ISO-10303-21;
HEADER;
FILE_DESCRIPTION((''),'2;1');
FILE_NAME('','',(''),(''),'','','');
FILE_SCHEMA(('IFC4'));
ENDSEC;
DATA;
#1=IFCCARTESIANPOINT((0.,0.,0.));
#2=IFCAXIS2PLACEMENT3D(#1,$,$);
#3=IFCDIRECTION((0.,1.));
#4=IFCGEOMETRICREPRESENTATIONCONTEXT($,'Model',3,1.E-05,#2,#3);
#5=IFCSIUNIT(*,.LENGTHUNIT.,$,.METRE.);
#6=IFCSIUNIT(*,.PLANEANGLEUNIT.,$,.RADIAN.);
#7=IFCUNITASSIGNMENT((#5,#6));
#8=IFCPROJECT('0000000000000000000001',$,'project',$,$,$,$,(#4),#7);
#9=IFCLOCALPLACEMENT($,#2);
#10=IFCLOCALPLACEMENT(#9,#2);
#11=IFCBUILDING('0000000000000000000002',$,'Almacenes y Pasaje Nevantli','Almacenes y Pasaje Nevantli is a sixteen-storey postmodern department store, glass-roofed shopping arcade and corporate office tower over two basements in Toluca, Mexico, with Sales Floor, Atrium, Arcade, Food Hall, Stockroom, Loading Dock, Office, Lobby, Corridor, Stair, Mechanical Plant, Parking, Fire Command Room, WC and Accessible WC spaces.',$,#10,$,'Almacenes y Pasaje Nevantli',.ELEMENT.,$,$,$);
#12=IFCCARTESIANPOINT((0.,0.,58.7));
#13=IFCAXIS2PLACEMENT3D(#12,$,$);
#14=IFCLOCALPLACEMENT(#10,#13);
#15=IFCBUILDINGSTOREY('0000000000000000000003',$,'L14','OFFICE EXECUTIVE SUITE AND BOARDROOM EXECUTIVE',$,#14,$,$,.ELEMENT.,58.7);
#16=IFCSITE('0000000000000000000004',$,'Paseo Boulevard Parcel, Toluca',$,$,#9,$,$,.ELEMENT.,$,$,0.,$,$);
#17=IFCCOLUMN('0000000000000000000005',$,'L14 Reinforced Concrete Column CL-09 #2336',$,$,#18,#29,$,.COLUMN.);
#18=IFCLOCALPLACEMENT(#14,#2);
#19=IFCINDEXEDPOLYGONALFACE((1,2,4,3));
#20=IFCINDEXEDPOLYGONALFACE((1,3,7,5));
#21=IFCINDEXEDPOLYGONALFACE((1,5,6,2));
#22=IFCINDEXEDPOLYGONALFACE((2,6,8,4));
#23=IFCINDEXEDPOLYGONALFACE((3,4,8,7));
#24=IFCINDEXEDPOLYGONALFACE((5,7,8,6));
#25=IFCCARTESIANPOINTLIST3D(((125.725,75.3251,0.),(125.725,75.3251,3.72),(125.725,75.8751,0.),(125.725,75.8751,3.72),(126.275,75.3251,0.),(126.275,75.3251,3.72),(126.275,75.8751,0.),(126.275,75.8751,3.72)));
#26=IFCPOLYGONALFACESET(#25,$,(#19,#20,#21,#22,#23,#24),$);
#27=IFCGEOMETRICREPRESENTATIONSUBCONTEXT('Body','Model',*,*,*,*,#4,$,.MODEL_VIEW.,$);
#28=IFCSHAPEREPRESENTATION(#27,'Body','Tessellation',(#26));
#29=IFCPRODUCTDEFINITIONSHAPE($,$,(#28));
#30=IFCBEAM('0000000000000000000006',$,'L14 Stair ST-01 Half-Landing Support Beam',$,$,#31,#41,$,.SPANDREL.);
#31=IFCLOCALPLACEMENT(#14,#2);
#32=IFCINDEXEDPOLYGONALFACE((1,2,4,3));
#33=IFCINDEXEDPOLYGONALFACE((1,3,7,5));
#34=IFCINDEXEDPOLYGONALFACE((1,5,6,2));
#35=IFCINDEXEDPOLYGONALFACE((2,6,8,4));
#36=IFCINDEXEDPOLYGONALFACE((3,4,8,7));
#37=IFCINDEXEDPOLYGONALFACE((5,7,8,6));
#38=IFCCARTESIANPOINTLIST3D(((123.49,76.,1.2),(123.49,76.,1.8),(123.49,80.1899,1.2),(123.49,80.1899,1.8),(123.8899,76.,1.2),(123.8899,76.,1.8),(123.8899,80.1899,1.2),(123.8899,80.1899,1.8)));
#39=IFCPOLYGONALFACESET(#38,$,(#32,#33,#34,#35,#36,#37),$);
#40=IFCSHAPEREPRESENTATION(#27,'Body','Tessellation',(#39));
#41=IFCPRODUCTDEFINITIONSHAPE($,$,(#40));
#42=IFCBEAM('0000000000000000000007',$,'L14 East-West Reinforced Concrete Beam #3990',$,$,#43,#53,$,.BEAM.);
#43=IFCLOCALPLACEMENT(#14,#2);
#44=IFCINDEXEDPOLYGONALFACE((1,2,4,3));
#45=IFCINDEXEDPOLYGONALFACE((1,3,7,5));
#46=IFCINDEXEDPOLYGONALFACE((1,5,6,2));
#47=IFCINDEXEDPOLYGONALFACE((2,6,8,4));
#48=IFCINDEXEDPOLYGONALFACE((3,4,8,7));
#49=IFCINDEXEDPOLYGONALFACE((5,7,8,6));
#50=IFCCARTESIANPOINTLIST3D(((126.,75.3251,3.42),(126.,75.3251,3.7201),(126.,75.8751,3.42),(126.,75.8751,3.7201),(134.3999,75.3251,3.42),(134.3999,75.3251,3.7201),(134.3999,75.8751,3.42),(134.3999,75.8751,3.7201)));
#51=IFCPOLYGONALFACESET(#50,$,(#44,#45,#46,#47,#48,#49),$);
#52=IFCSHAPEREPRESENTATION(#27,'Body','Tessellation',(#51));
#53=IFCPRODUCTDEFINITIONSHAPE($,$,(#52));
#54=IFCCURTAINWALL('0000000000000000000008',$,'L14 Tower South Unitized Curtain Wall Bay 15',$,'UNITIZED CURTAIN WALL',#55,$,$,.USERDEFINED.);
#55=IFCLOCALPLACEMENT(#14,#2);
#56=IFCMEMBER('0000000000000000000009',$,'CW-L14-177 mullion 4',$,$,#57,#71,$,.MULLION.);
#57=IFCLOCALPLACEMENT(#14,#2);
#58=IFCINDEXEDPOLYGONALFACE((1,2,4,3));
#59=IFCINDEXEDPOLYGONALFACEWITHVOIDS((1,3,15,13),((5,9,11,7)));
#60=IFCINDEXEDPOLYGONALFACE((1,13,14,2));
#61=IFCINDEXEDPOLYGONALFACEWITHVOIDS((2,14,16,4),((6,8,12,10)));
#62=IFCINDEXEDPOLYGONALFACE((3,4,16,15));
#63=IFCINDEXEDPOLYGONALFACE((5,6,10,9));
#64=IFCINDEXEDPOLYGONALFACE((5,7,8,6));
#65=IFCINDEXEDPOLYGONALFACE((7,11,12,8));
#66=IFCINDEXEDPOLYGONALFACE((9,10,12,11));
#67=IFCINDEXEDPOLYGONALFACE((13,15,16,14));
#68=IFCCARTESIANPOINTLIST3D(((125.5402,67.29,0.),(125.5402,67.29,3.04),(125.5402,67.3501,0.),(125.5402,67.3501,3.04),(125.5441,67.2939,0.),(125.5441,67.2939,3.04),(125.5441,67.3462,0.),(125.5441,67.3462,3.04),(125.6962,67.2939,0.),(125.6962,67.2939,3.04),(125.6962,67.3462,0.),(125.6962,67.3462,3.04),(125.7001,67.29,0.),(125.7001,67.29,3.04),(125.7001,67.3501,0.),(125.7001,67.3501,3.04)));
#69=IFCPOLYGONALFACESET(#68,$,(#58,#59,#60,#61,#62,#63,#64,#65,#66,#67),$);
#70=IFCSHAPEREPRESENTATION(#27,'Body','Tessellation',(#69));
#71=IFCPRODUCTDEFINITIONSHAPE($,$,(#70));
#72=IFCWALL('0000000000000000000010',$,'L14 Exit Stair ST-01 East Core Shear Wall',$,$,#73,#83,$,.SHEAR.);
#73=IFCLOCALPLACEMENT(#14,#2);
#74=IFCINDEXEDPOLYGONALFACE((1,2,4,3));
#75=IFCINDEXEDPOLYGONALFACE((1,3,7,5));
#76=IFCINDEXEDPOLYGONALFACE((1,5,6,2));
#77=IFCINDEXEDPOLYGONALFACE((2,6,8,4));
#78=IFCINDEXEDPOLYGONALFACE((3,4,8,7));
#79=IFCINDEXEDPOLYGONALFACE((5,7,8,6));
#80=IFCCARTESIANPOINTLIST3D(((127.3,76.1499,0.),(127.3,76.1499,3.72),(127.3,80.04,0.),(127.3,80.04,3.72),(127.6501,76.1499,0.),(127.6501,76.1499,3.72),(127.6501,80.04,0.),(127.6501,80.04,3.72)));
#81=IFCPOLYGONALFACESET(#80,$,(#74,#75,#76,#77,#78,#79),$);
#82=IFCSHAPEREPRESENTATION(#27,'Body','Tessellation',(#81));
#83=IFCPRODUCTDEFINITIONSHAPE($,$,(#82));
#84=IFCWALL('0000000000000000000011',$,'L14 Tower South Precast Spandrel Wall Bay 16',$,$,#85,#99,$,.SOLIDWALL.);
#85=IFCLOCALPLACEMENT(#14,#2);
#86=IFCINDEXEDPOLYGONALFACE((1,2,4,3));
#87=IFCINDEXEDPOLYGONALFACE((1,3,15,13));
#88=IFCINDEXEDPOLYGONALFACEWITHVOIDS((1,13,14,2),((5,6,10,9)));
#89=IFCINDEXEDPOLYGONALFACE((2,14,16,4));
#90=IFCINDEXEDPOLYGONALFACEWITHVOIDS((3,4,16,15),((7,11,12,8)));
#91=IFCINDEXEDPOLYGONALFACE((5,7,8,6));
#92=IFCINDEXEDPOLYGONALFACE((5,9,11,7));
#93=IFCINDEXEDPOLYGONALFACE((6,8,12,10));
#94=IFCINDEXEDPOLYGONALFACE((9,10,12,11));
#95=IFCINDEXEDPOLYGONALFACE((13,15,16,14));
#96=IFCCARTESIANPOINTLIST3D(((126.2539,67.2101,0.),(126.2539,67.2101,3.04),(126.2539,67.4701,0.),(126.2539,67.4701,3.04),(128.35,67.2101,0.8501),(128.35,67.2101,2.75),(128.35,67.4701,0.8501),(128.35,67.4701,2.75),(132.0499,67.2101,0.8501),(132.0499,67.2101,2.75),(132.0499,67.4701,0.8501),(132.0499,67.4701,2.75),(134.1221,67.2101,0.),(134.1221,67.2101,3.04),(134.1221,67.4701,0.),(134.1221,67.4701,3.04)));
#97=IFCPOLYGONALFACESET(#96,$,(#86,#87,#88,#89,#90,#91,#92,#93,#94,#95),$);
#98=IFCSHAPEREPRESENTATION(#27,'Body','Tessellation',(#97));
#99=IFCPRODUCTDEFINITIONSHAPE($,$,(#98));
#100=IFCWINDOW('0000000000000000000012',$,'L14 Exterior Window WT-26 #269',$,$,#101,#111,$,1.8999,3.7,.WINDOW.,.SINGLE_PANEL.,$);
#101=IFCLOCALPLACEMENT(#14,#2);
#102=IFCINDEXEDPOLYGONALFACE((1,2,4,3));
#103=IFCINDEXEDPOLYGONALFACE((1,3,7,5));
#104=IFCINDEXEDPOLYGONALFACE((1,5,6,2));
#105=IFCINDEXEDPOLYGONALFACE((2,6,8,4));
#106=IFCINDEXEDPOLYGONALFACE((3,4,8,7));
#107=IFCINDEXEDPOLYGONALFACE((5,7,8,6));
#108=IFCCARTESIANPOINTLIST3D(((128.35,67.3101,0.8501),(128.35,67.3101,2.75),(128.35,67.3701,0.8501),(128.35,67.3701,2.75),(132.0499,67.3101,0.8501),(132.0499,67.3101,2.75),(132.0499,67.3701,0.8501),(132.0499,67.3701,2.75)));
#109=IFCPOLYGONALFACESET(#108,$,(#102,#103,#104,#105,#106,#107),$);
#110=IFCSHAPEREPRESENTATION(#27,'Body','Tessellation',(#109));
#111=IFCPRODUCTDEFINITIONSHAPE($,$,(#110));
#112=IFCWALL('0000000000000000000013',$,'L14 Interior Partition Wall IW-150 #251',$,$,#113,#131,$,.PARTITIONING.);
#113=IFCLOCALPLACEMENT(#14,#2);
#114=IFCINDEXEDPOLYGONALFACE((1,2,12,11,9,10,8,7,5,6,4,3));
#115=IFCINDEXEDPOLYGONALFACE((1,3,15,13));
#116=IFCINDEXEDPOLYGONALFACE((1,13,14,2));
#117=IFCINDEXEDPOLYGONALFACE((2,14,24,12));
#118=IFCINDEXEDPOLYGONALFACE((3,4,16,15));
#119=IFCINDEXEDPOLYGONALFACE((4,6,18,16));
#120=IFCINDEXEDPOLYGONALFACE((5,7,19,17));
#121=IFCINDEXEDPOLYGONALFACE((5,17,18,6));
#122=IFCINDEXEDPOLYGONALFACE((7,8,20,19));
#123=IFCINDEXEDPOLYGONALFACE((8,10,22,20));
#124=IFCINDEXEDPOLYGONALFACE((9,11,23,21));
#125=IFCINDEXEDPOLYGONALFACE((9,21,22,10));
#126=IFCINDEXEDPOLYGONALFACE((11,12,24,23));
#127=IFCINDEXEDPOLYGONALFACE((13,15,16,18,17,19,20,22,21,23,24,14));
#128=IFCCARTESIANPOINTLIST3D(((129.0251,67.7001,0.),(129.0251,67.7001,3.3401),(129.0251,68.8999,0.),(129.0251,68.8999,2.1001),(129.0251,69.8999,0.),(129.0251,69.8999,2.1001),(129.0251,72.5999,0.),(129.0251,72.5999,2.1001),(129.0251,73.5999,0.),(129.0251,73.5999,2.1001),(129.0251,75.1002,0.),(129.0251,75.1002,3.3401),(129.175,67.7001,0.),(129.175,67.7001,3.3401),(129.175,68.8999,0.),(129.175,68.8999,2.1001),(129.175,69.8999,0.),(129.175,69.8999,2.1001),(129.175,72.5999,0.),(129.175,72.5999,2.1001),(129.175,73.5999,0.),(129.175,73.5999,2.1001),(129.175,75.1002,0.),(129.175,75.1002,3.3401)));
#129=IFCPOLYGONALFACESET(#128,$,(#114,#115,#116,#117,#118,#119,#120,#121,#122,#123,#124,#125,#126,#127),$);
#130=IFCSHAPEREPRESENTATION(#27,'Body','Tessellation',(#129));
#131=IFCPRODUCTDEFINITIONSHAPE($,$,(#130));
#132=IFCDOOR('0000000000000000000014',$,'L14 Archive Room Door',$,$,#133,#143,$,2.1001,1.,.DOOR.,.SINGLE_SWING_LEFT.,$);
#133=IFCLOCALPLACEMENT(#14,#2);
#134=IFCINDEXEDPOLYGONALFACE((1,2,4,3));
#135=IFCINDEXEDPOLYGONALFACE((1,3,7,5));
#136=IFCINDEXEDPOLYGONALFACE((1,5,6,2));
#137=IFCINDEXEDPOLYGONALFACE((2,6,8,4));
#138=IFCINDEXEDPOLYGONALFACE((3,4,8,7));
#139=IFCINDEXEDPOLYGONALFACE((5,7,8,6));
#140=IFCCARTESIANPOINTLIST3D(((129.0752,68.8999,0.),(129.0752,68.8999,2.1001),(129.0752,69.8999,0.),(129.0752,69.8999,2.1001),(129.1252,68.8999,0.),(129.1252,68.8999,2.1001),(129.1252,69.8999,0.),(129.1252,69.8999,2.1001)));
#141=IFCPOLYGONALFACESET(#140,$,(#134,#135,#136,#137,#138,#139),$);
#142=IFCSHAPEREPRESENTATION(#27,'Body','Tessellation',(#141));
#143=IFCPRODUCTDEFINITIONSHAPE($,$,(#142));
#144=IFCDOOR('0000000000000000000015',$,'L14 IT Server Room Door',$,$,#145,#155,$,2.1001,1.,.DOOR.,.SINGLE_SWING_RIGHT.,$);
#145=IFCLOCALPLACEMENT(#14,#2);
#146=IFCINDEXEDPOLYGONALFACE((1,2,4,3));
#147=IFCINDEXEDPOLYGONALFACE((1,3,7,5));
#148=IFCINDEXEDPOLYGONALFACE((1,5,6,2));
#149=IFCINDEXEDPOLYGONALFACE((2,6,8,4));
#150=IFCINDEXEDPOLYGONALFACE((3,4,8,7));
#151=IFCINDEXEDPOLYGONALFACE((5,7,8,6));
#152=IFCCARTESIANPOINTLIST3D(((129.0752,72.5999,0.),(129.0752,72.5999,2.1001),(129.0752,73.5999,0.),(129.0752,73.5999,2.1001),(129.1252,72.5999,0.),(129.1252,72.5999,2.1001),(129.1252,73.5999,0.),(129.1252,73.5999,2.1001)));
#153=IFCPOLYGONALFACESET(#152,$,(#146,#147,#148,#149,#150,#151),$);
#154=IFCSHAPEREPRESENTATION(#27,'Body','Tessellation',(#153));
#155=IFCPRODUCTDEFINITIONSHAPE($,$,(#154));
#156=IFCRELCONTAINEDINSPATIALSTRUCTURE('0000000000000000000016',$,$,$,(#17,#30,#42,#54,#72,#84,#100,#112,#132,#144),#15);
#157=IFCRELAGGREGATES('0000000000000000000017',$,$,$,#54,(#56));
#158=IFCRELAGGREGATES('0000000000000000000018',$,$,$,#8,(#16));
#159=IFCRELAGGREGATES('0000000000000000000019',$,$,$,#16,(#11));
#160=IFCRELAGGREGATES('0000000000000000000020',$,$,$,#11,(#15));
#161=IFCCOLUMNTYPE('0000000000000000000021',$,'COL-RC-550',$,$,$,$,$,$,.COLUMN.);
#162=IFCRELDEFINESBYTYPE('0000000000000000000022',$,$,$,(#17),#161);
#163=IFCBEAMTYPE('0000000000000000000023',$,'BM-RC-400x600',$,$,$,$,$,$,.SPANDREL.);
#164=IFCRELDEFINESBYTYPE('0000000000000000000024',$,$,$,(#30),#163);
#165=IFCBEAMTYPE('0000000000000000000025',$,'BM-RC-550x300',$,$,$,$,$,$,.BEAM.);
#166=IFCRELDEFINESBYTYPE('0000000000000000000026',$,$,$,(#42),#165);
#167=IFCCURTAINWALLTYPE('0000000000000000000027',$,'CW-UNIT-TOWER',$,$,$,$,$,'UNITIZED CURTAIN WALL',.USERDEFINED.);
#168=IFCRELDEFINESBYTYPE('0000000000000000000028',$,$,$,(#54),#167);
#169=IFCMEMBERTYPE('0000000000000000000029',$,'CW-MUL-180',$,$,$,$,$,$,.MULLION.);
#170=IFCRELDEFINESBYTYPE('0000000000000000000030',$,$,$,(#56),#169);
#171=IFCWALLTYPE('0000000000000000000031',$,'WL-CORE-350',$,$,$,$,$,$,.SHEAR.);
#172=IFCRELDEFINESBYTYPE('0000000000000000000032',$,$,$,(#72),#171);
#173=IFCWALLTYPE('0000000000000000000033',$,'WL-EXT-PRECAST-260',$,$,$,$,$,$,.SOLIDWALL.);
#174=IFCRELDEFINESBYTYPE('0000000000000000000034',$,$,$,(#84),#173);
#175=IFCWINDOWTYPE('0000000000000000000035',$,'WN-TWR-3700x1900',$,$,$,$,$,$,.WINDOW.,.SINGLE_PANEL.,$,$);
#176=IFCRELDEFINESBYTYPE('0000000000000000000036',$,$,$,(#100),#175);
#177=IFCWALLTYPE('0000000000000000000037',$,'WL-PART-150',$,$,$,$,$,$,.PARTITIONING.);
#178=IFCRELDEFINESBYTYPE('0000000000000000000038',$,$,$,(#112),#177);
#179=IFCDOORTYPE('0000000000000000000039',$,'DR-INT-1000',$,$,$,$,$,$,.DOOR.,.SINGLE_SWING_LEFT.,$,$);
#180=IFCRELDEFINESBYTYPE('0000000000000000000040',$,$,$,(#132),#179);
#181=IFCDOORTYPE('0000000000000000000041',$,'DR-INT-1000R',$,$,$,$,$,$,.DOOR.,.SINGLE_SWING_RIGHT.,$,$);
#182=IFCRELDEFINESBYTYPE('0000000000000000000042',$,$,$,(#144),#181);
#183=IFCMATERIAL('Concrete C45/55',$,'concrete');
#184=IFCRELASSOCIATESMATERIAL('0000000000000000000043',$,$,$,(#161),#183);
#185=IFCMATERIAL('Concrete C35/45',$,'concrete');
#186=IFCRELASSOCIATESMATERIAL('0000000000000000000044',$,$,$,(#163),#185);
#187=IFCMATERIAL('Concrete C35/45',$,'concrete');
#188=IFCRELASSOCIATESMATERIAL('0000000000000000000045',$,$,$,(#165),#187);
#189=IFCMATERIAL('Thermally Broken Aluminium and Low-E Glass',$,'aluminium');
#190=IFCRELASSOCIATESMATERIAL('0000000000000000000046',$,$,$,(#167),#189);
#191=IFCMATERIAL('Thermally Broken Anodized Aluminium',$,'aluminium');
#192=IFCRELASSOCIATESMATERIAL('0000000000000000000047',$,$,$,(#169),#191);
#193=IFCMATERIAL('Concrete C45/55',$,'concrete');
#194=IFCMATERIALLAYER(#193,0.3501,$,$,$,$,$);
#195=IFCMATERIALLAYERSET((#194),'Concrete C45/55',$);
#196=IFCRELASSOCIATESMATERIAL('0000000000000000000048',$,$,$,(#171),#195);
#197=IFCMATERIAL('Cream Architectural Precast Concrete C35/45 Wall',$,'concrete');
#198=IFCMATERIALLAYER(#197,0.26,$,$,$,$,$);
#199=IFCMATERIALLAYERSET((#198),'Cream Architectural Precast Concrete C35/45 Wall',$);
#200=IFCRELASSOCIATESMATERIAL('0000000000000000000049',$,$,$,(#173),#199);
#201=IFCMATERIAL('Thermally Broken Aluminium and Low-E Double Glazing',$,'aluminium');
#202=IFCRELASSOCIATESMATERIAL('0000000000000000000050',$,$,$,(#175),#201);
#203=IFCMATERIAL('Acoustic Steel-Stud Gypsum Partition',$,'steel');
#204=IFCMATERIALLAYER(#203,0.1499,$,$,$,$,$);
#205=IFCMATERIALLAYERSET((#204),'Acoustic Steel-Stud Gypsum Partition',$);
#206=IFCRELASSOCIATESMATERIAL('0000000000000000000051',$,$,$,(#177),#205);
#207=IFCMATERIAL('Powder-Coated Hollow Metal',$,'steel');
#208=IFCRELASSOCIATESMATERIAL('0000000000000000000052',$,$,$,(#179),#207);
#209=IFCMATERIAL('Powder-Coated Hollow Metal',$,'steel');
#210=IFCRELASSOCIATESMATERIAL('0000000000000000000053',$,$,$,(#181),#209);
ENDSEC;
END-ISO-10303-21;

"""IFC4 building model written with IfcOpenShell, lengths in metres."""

from ifc_helpers import new_model, si_unit, direction, frame, frame_2d, origin, origin_2d, place, context, subcontext, project, spatial, rectangle, hollow_rectangle, extrude, material, layer, layer_set, material_profile, profile_set, type_object, element, fill, aggregate, save


model = new_model("IFC4")

# Units and contexts
model_context = context("Model", 3, precision=1e-05, world=origin(), true_north=direction((0.0, 1.0)))
body_context = subcontext(model_context, "Body", "Model", "MODEL_VIEW")
ifc_project = project(units=[si_unit("LENGTHUNIT", "METRE"), si_unit("PLANEANGLEUNIT", "RADIAN")], contexts=[model_context])

# Site, building, storey
site_placement = place(None, origin())
site = spatial("IfcSite", under=ifc_project, at=site_placement, Name="Paseo Boulevard Parcel, Toluca", CompositionType="ELEMENT", RefElevation=0.0)
building_placement = place(site_placement, origin())
building = spatial("IfcBuilding", under=site, at=building_placement, Name="Almacenes y Pasaje Nevantli", Description="Almacenes y Pasaje Nevantli is a sixteen-storey postmodern department store, glass-roofed shopping arcade and corporate office tower over two basements in Toluca, Mexico, with Sales Floor, Atrium, Arcade, Food Hall, Stockroom, Loading Dock, Office, Lobby, Corridor, Stair, Mechanical Plant, Parking, Fire Command Room, WC and Accessible WC spaces.", LongName="Almacenes y Pasaje Nevantli", CompositionType="ELEMENT")
storey_placement = place(building_placement, frame((0.0, 0.0, 58.7)))
storey = spatial("IfcBuildingStorey", under=building, at=storey_placement, Name="L14", Description="OFFICE EXECUTIVE SUITE AND BOARDROOM EXECUTIVE", CompositionType="ELEMENT", Elevation=58.7)

# Column
ifc_material_1 = material(Name="Concrete C45/55", Category="concrete")
ifc_material_profile_1 = material_profile(ifc_material_1, rectangle(XDim=0.55, YDim=0.55, at=origin_2d()), Name="RC-COL-550x550")
ifc_profile_set_1 = profile_set([ifc_material_profile_1], Name="Concrete C45/55")
column_type = type_object("IfcColumnType", Name="COL-RC-550", PredefinedType="COLUMN", material=ifc_profile_set_1)
column_placement = place(storey_placement, frame((126.0, 75.6001, 0.0), z_axis=(0.0, 0.0, 1.0), x_axis=(1.0, 0.0, 0.0)))
element("IfcColumn", 1, at=column_placement, inside=storey, type_object=column_type, Name="L14 Reinforced Concrete Column CL-09 #2336", PredefinedType="COLUMN", context=body_context, shape_type="SweptSolid", body=[
    extrude(rectangle(XDim=0.55, YDim=0.55, at=origin_2d()), origin(), (0.0, 0.0, 1.0), 3.72),
])

# Beams
ifc_material_2 = material(Name="Concrete C35/45", Category="concrete")
ifc_material_profile_2 = material_profile(ifc_material_2, rectangle(XDim=0.3999, YDim=0.6001, at=origin_2d()), Name="RC-BM-400x600")
ifc_profile_set_2 = profile_set([ifc_material_profile_2], Name="Concrete C35/45")
beam_type_1 = type_object("IfcBeamType", Name="BM-RC-400x600", PredefinedType="SPANDREL", material=ifc_profile_set_2)
beam_1_placement = place(storey_placement, frame((123.6899, 76.0, 1.5), z_axis=(0.0, 1.0, 0.0), x_axis=(-1.0, 0.0, 0.0)))
element("IfcBeam", 2, at=beam_1_placement, inside=storey, type_object=beam_type_1, Name="L14 Stair ST-01 Half-Landing Support Beam", PredefinedType="SPANDREL", context=body_context, shape_type="SweptSolid", body=[
    extrude(rectangle(XDim=0.3999, YDim=0.6001, at=origin_2d()), origin(), (0.0, 0.0, 1.0), 4.1899),
])
ifc_material_3 = material(Name="Concrete C35/45", Category="concrete")
ifc_material_profile_3 = material_profile(ifc_material_3, rectangle(XDim=0.55, YDim=0.3, at=origin_2d()), Name="RC-BM-550x300")
ifc_profile_set_3 = profile_set([ifc_material_profile_3], Name="Concrete C35/45")
beam_type_2 = type_object("IfcBeamType", Name="BM-RC-550x300", PredefinedType="BEAM", material=ifc_profile_set_3)
beam_2_placement = place(storey_placement, frame((126.0, 75.6001, 3.5701), z_axis=(1.0, 0.0, 0.0), x_axis=(0.0, 1.0, 0.0)))
element("IfcBeam", 3, at=beam_2_placement, inside=storey, type_object=beam_type_2, Name="L14 East-West Reinforced Concrete Beam #3990", PredefinedType="BEAM", context=body_context, shape_type="SweptSolid", body=[
    extrude(rectangle(XDim=0.55, YDim=0.3, at=origin_2d()), origin(), (0.0, 0.0, 1.0), 8.3999),
])

# Curtain wall, member
ifc_material_4 = material(Name="Thermally Broken Aluminium and Low-E Glass", Category="aluminium")
curtain_wall_type = type_object("IfcCurtainWallType", Name="CW-UNIT-TOWER", ElementType="UNITIZED CURTAIN WALL", PredefinedType="USERDEFINED", material=ifc_material_4)
curtain_wall_placement = place(storey_placement, origin())
curtain_wall = element("IfcCurtainWall", 4, at=curtain_wall_placement, inside=storey, type_object=curtain_wall_type, Name="L14 Tower South Unitized Curtain Wall Bay 15", ObjectType="UNITIZED CURTAIN WALL", PredefinedType="USERDEFINED")
ifc_material_5 = material(Name="Thermally Broken Anodized Aluminium", Category="aluminium")
ifc_material_profile_4 = material_profile(ifc_material_5, hollow_rectangle(XDim=0.0601, YDim=0.1599, WallThickness=0.0039, at=origin_2d()), Name="ALU-MUL-60x160")
ifc_profile_set_4 = profile_set([ifc_material_profile_4], Name="Thermally Broken Anodized Aluminium")
member_type = type_object("IfcMemberType", Name="CW-MUL-180", PredefinedType="MULLION", material=ifc_profile_set_4)
member_placement = place(storey_placement, frame((125.6201, 67.3201, 0.0), z_axis=(0.0, 0.0, 1.0), x_axis=(0.0, 1.0, 0.0)))
member = element("IfcMember", 5, at=member_placement, type_object=member_type, Name="CW-L14-177 mullion 4", PredefinedType="MULLION", context=body_context, shape_type="SweptSolid", body=[
    extrude(hollow_rectangle(XDim=0.0601, YDim=0.1599, WallThickness=0.0039, at=origin_2d()), origin(), (0.0, 0.0, 1.0), 3.04),
])
aggregate(curtain_wall, [member])

# Wall
ifc_material_6 = material(Name="Concrete C45/55", Category="concrete")
ifc_layer_1 = layer(ifc_material_6, 0.3501)
ifc_layer_set_1 = layer_set([ifc_layer_1], Name="Concrete C45/55")
wall_type_1 = type_object("IfcWallType", Name="WL-CORE-350", PredefinedType="SHEAR", material=ifc_layer_set_1)
wall_1_placement = place(storey_placement, frame((127.4751, 76.1499, 0.0), z_axis=(0.0, 0.0, 1.0), x_axis=(0.0, 1.0, 0.0)))
element("IfcWall", 6, at=wall_1_placement, inside=storey, type_object=wall_type_1, Name="L14 Exit Stair ST-01 East Core Shear Wall", PredefinedType="SHEAR", context=body_context, shape_type="SweptSolid", body=[
    extrude(rectangle(XDim=3.8901, YDim=0.3501, at=frame_2d((1.9451, 0.0))), origin(), (0.0, 0.0, 1.0), 3.72),
])

# Wall, opening, window
ifc_material_7 = material(Name="Cream Architectural Precast Concrete C35/45 Wall", Category="concrete")
ifc_layer_2 = layer(ifc_material_7, 0.26)
ifc_layer_set_2 = layer_set([ifc_layer_2], Name="Cream Architectural Precast Concrete C35/45 Wall")
wall_type_2 = type_object("IfcWallType", Name="WL-EXT-PRECAST-260", PredefinedType="SOLIDWALL", material=ifc_layer_set_2)
wall_2_placement = place(storey_placement, frame((126.2539, 67.3401, 0.0), z_axis=(0.0, 0.0, 1.0), x_axis=(1.0, 0.0, 0.0)))
wall_2 = element("IfcWall", 7, at=wall_2_placement, inside=storey, type_object=wall_type_2, Name="L14 Tower South Precast Spandrel Wall Bay 16", PredefinedType="SOLIDWALL", context=body_context, shape_type="SweptSolid", body=[
    extrude(rectangle(XDim=7.8682, YDim=0.26, at=frame_2d((3.9341, 0.0))), origin(), (0.0, 0.0, 1.0), 3.04),
])
opening_1_placement = place(wall_2_placement, frame((2.0959, 0.0, 0.8501)))
opening_1 = element("IfcOpeningElement", 8, at=opening_1_placement, cuts=wall_2, PredefinedType="OPENING", context=body_context, shape_type="SweptSolid", body=[
    extrude(rectangle(XDim=3.7, YDim=1.8999, at=frame_2d((1.8501, 0.95))), frame((0.0, 0.1399, 0.0), z_axis=(0.0, -1.0, 0.0), x_axis=(1.0, 0.0, 0.0)), (0.0, 0.0, 1.0), 0.28),
])
ifc_material_8 = material(Name="Thermally Broken Aluminium and Low-E Double Glazing", Category="aluminium")
window_type = type_object("IfcWindowType", Name="WN-TWR-3700x1900", PartitioningType="SINGLE_PANEL", PredefinedType="WINDOW", material=ifc_material_8)
window_placement = place(opening_1_placement, origin())
window = element("IfcWindow", 9, at=window_placement, inside=storey, type_object=window_type, Name="L14 Exterior Window WT-26 #269", OverallHeight=1.8999, OverallWidth=3.7, PartitioningType="SINGLE_PANEL", PredefinedType="WINDOW", context=body_context, shape_type="SweptSolid", body=[
    extrude(rectangle(XDim=3.7, YDim=1.8999, at=frame_2d((1.8501, 0.95))), frame((0.0, 0.03, 0.0), z_axis=(0.0, -1.0, 0.0), x_axis=(1.0, 0.0, 0.0)), (0.0, 0.0, 1.0), 0.0601),
])
fill(opening_1, window)

# Wall, openings, doors
ifc_material_9 = material(Name="Acoustic Steel-Stud Gypsum Partition", Category="steel")
ifc_layer_3 = layer(ifc_material_9, 0.1499)
ifc_layer_set_3 = layer_set([ifc_layer_3], Name="Acoustic Steel-Stud Gypsum Partition")
wall_type_3 = type_object("IfcWallType", Name="WL-PART-150", PredefinedType="PARTITIONING", material=ifc_layer_set_3)
wall_3_placement = place(storey_placement, frame((129.1001, 67.7, 0.0), z_axis=(0.0, 0.0, 1.0), x_axis=(0.0, 1.0, 0.0)))
wall_3 = element("IfcWall", 10, at=wall_3_placement, inside=storey, type_object=wall_type_3, Name="L14 Interior Partition Wall IW-150 #251", PredefinedType="PARTITIONING", context=body_context, shape_type="SweptSolid", body=[
    extrude(rectangle(XDim=7.4001, YDim=0.1499, at=frame_2d((3.7002, 0.0))), origin(), (0.0, 0.0, 1.0), 3.3401),
])
opening_2_placement = place(wall_3_placement, frame((1.2, 0.0, 0.0)))
opening_2 = element("IfcOpeningElement", 11, at=opening_2_placement, cuts=wall_3, PredefinedType="OPENING", context=body_context, shape_type="SweptSolid", body=[
    extrude(rectangle(XDim=1.0, YDim=2.1001, at=frame_2d((0.5, 1.05))), frame((0.0, 0.085, 0.0), z_axis=(0.0, -1.0, 0.0), x_axis=(1.0, 0.0, 0.0)), (0.0, 0.0, 1.0), 0.1699),
])
opening_3_placement = place(wall_3_placement, frame((4.8999, 0.0, 0.0)))
opening_3 = element("IfcOpeningElement", 12, at=opening_3_placement, cuts=wall_3, PredefinedType="OPENING", context=body_context, shape_type="SweptSolid", body=[
    extrude(rectangle(XDim=1.0, YDim=2.1001, at=frame_2d((0.5, 1.05))), frame((0.0, 0.085, 0.0), z_axis=(0.0, -1.0, 0.0), x_axis=(1.0, 0.0, 0.0)), (0.0, 0.0, 1.0), 0.1699),
])
ifc_material_10 = material(Name="Powder-Coated Hollow Metal", Category="steel")
door_type_1 = type_object("IfcDoorType", Name="DR-INT-1000", OperationType="SINGLE_SWING_LEFT", PredefinedType="DOOR", material=ifc_material_10)
door_1_placement = place(opening_2_placement, origin())
door_1 = element("IfcDoor", 13, at=door_1_placement, inside=storey, type_object=door_type_1, Name="L14 Archive Room Door", OperationType="SINGLE_SWING_LEFT", OverallHeight=2.1001, OverallWidth=1.0, PredefinedType="DOOR", context=body_context, shape_type="SweptSolid", body=[
    extrude(rectangle(XDim=1.0, YDim=2.1001, at=frame_2d((0.5, 1.05))), frame((0.0, 0.0249, 0.0), z_axis=(0.0, -1.0, 0.0), x_axis=(1.0, 0.0, 0.0)), (0.0, 0.0, 1.0), 0.05),
])
fill(opening_2, door_1)
ifc_material_11 = material(Name="Powder-Coated Hollow Metal", Category="steel")
door_type_2 = type_object("IfcDoorType", Name="DR-INT-1000R", OperationType="SINGLE_SWING_RIGHT", PredefinedType="DOOR", material=ifc_material_11)
door_2_placement = place(opening_3_placement, origin())
door_2 = element("IfcDoor", 14, at=door_2_placement, inside=storey, type_object=door_type_2, Name="L14 IT Server Room Door", OperationType="SINGLE_SWING_RIGHT", OverallHeight=2.1001, OverallWidth=1.0, PredefinedType="DOOR", context=body_context, shape_type="SweptSolid", body=[
    extrude(rectangle(XDim=1.0, YDim=2.1001, at=frame_2d((0.5, 1.05))), frame((0.0, 0.0249, 0.0), z_axis=(0.0, -1.0, 0.0), x_axis=(1.0, 0.0, 0.0)), (0.0, 0.0, 1.0), 0.05),
])
fill(opening_3, door_2)

save(model, "model.ifc")
